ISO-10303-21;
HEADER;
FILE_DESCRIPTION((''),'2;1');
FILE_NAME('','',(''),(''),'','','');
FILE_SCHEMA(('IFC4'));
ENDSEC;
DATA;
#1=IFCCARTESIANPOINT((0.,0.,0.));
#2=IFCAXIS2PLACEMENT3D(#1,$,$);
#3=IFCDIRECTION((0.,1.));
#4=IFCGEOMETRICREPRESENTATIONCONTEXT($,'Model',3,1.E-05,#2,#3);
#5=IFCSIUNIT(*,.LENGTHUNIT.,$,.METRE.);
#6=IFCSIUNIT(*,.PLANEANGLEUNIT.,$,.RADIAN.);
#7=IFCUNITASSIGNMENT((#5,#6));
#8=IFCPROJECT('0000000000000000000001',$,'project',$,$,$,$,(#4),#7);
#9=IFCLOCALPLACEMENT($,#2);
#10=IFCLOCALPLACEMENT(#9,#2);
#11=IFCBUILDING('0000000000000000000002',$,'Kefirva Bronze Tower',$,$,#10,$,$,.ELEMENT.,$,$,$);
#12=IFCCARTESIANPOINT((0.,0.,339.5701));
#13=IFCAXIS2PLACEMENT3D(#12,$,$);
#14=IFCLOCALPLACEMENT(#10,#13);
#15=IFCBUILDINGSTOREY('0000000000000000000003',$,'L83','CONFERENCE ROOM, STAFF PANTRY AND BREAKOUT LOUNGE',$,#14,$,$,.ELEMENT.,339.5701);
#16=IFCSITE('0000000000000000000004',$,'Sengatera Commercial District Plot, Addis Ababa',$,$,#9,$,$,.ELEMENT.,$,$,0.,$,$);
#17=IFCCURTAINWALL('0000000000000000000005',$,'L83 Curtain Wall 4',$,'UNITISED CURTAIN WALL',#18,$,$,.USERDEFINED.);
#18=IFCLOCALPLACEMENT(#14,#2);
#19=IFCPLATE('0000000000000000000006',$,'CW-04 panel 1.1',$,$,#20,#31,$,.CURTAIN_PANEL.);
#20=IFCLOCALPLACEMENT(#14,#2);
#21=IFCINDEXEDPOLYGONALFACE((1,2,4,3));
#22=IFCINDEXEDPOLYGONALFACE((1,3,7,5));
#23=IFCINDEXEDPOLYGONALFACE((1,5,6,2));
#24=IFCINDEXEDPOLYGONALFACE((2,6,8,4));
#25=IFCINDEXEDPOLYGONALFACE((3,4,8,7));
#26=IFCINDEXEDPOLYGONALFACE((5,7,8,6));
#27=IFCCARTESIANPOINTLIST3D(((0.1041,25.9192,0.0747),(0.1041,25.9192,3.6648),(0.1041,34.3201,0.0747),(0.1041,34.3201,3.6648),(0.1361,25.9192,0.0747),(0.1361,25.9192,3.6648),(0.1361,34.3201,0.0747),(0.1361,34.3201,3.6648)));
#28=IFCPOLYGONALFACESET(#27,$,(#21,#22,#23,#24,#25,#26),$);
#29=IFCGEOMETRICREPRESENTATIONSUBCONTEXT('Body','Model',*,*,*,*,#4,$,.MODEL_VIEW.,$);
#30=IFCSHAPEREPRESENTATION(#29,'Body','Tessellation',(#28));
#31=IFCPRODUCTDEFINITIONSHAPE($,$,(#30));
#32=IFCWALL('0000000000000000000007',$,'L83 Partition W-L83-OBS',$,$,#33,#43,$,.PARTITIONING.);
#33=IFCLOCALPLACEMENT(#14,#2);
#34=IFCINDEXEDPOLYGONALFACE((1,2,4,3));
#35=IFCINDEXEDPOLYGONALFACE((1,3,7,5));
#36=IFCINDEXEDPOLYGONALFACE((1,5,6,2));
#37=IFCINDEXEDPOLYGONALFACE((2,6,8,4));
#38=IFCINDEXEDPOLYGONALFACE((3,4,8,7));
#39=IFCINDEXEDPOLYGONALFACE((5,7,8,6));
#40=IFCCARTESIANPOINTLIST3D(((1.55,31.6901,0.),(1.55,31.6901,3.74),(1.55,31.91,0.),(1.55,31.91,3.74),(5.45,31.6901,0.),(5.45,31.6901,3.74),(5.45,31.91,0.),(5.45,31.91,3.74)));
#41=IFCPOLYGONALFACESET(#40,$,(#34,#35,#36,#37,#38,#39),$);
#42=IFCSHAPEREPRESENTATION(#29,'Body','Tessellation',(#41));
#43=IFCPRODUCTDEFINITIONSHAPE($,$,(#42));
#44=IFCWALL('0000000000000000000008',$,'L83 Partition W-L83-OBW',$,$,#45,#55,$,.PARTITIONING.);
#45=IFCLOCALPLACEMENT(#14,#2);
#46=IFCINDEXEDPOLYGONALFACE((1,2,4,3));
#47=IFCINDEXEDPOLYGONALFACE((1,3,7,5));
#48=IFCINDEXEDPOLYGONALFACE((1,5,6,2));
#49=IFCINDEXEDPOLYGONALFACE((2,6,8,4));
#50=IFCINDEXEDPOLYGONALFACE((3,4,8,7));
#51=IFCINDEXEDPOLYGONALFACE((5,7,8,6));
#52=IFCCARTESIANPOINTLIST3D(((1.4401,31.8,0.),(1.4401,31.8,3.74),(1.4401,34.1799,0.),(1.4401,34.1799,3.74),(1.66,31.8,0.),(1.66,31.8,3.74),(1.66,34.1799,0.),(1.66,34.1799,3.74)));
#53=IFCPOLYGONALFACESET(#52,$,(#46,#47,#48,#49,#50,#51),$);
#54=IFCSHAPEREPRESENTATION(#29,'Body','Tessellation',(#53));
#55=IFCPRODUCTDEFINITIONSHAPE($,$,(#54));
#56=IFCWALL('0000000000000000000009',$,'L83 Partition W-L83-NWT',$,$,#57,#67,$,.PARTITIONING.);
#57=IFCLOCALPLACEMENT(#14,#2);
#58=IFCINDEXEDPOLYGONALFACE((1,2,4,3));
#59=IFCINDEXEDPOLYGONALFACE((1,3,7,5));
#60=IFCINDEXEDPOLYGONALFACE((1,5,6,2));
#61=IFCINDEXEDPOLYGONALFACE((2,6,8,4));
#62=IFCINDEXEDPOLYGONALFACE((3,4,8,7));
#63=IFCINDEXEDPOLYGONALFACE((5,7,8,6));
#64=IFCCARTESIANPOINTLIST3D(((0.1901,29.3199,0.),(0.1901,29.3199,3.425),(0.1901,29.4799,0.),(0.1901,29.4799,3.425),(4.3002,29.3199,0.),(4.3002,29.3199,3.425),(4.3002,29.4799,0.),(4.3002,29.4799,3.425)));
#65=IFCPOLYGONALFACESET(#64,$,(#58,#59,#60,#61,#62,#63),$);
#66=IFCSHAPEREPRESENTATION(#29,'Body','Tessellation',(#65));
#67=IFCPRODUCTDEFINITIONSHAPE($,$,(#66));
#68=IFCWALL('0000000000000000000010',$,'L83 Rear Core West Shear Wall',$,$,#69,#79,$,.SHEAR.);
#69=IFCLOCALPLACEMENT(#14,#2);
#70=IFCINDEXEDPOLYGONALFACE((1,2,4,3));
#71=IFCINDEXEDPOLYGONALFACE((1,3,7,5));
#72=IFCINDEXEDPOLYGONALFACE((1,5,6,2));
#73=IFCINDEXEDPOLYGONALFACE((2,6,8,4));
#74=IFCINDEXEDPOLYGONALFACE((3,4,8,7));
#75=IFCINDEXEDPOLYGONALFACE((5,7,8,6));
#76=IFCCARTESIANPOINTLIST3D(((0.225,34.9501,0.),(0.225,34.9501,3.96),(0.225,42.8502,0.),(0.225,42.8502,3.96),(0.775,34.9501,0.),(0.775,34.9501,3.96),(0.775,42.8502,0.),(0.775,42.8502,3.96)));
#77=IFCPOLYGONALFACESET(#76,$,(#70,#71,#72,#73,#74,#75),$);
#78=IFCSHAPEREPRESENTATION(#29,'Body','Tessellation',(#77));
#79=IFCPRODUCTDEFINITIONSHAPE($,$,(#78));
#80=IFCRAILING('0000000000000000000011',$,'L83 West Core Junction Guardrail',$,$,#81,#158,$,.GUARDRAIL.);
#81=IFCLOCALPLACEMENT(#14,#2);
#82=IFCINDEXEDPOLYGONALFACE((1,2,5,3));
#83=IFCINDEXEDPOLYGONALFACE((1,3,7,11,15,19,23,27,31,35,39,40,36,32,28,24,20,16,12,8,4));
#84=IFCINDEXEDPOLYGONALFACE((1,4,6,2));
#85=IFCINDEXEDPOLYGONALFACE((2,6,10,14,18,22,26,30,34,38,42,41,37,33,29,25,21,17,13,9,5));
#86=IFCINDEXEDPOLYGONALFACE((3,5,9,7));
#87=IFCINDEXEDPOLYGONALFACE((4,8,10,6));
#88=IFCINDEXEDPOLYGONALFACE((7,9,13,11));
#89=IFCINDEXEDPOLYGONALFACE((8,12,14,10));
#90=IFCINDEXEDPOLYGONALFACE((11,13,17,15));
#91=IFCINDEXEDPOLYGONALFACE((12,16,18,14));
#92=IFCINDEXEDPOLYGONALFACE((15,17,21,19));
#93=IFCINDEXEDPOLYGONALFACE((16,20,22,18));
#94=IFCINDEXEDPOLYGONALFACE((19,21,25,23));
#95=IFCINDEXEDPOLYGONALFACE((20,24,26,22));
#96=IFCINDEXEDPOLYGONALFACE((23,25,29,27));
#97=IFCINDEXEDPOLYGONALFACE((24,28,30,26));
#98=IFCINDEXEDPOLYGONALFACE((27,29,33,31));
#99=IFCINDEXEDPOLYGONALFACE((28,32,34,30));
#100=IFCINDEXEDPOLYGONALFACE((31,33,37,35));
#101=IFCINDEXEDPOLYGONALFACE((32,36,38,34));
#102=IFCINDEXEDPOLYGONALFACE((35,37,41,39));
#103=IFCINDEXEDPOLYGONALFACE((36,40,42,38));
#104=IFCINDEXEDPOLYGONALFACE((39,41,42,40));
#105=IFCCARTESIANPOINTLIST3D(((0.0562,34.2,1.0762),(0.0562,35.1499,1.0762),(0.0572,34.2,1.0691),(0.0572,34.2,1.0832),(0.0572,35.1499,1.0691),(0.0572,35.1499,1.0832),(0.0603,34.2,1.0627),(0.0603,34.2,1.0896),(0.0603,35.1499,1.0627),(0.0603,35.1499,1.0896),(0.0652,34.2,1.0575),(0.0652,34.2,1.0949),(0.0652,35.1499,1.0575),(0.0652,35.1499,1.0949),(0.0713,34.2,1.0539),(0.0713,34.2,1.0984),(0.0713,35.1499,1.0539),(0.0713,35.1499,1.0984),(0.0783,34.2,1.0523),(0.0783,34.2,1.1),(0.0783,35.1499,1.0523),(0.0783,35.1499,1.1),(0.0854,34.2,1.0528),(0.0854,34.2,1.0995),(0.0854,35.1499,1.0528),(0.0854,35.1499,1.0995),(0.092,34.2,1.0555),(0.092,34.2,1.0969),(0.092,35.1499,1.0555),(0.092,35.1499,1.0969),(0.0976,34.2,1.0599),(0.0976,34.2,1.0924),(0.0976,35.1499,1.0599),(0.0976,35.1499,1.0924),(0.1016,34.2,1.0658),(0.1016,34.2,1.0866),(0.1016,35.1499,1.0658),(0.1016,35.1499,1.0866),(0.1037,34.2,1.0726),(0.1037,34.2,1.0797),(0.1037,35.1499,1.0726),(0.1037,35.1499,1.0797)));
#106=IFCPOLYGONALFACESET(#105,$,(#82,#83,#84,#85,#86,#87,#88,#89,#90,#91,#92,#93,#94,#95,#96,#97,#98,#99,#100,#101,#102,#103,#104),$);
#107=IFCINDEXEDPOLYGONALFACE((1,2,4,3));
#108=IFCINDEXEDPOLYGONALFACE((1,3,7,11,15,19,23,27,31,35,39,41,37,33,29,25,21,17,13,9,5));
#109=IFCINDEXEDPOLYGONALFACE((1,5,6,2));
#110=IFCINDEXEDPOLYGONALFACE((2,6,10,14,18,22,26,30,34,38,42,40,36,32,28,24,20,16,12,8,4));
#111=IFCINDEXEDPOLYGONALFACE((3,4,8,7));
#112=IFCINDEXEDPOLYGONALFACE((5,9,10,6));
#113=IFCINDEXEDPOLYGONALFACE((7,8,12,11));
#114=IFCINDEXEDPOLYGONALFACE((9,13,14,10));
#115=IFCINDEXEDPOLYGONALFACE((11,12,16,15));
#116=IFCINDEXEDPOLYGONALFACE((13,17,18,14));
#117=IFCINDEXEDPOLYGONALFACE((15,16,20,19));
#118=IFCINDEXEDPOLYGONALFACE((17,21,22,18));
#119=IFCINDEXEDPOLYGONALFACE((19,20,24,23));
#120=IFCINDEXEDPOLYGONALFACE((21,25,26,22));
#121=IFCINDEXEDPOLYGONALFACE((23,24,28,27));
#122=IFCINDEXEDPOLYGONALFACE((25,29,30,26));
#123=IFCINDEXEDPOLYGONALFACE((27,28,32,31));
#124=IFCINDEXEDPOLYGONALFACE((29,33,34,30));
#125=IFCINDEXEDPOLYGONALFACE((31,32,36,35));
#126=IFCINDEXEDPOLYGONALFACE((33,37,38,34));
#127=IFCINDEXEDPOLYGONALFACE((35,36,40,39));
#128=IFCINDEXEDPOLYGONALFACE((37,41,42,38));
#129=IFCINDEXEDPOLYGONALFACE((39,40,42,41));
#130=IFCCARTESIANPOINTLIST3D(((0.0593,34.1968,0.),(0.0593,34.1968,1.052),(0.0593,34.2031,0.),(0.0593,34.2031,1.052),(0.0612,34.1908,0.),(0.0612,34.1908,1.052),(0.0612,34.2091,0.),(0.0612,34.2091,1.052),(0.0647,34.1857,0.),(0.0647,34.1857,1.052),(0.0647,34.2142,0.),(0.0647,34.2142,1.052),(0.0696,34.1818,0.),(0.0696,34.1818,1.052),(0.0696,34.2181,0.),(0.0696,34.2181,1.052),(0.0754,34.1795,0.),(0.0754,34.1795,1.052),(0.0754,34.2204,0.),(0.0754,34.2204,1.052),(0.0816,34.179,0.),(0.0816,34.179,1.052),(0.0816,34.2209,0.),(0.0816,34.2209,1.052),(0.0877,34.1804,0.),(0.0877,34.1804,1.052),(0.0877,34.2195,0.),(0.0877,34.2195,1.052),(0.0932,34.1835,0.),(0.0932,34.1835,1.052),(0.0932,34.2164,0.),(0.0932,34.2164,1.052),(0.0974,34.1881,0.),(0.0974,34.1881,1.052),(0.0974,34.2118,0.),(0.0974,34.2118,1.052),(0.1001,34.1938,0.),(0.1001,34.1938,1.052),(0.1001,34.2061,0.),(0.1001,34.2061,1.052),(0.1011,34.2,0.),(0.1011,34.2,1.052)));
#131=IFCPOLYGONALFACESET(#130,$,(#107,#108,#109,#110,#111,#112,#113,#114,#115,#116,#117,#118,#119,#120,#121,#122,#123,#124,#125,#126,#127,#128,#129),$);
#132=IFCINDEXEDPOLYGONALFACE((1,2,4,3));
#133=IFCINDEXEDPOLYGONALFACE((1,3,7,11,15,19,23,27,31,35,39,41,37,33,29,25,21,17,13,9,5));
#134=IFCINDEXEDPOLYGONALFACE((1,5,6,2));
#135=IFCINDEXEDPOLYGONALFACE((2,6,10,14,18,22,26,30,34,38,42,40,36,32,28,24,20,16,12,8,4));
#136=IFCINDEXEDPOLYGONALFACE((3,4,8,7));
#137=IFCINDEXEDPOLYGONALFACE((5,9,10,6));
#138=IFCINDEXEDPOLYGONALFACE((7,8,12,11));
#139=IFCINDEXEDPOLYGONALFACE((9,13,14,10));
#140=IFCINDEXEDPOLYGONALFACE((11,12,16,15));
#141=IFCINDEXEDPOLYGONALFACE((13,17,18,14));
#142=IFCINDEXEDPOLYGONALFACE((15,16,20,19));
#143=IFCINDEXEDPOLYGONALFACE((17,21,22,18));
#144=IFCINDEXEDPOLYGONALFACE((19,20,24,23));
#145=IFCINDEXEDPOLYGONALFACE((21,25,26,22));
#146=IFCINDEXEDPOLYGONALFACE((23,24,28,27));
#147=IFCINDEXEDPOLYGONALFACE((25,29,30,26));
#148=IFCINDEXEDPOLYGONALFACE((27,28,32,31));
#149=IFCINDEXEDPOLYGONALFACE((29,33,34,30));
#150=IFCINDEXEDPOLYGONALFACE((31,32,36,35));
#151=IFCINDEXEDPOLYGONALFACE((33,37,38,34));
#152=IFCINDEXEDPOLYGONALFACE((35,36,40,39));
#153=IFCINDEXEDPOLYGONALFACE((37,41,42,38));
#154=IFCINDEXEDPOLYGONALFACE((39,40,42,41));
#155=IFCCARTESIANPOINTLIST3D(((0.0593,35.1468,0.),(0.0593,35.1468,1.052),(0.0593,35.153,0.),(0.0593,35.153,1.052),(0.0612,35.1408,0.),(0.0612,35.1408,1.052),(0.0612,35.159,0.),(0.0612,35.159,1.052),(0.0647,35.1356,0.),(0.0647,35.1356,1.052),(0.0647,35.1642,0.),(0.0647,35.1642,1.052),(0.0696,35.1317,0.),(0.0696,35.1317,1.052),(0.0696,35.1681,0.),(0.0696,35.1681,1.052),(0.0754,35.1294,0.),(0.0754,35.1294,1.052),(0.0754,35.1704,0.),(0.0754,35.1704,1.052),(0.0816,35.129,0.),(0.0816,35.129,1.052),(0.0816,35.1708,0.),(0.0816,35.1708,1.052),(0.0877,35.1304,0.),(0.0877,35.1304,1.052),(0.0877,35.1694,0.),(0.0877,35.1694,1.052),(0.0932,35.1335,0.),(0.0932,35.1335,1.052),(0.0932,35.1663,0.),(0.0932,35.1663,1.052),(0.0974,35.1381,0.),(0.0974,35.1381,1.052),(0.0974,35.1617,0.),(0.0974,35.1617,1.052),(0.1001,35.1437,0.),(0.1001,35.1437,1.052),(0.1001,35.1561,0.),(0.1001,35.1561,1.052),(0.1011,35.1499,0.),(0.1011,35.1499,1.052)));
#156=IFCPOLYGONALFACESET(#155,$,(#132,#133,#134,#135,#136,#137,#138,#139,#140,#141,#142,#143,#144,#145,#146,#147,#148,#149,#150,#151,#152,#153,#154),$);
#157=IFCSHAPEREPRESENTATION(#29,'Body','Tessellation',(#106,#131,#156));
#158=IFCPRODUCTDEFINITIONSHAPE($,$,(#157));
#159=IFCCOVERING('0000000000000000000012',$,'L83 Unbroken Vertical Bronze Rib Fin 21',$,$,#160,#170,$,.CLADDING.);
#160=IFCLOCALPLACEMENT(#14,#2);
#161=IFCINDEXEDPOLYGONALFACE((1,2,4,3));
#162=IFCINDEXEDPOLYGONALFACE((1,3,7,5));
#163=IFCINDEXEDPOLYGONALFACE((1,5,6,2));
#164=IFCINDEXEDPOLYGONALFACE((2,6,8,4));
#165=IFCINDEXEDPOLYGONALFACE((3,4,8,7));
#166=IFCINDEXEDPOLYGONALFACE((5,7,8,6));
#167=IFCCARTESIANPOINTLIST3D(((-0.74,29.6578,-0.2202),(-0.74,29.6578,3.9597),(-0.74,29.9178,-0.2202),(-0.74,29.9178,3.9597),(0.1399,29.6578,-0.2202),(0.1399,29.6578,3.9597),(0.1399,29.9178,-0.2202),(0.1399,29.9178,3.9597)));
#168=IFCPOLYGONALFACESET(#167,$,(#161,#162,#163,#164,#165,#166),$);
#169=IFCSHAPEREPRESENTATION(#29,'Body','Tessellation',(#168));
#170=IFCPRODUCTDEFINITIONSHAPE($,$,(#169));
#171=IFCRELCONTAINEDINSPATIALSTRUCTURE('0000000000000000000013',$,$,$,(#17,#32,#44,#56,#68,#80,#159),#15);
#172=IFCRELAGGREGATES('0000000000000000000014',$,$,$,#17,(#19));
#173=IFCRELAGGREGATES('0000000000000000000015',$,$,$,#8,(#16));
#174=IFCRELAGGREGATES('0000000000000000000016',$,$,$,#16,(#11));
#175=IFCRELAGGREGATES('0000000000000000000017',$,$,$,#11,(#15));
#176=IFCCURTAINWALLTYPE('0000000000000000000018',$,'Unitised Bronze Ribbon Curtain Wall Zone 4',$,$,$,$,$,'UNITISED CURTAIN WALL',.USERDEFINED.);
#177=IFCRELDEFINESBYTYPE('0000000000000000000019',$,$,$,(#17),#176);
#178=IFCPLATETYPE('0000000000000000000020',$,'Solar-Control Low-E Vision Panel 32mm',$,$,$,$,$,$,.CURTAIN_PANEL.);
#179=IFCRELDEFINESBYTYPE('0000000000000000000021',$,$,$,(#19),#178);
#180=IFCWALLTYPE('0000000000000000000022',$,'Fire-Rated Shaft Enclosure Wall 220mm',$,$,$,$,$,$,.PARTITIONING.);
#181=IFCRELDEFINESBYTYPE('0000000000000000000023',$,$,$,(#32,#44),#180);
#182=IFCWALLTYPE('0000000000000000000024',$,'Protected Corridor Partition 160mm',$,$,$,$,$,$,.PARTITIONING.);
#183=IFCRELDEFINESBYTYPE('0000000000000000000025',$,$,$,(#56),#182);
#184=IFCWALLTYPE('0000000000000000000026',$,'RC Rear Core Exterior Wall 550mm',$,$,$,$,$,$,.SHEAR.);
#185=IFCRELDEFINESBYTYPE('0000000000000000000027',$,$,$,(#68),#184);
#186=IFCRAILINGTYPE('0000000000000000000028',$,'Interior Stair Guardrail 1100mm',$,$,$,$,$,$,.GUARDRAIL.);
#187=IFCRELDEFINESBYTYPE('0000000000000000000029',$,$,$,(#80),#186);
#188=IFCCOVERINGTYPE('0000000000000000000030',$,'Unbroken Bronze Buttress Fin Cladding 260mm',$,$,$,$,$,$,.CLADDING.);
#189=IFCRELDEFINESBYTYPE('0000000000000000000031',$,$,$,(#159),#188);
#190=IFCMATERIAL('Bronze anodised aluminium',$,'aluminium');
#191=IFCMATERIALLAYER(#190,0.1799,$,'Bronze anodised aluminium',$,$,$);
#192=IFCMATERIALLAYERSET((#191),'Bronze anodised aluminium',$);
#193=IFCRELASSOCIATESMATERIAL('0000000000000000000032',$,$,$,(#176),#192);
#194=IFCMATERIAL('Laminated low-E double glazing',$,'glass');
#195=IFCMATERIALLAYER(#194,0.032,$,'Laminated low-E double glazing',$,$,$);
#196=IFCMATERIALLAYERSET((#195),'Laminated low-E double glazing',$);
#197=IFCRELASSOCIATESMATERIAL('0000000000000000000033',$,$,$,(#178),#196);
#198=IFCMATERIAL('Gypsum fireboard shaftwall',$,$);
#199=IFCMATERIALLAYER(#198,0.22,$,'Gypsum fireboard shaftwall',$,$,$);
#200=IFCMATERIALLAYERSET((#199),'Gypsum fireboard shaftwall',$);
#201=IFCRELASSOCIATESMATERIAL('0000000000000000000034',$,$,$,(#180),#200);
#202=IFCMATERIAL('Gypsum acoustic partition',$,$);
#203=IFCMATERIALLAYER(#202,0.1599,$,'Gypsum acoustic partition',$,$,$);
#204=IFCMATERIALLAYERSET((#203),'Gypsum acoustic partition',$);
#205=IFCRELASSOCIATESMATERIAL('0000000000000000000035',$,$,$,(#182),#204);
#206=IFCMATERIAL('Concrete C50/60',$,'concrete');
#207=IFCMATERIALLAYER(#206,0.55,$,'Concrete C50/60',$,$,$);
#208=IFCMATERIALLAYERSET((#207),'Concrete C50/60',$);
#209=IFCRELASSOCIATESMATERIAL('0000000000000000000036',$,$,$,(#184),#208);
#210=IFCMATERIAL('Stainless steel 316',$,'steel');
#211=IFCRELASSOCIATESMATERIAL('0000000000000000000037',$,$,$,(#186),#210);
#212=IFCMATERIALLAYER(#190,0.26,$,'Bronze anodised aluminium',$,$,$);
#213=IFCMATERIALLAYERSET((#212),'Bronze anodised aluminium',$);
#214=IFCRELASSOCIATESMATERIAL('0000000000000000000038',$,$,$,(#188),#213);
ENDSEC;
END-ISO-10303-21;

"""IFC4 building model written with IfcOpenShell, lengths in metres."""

from ifc_helpers import new_model, si_unit, direction, frame, frame_2d, origin, origin_2d, place, context, subcontext, project, spatial, rectangle, circle, extrude, material, layer, layer_set, type_object, element, aggregate, save


model = new_model("IFC4")

# Units and contexts
model_context = context("Model", 3, precision=1e-05, world=origin(), true_north=direction((0.0, 1.0)))
body_context = subcontext(model_context, "Body", "Model", "MODEL_VIEW")
ifc_project = project(units=[si_unit("LENGTHUNIT", "METRE"), si_unit("PLANEANGLEUNIT", "RADIAN")], contexts=[model_context])

# Site, building, storey
site_placement = place(None, origin())
site = spatial("IfcSite", under=ifc_project, at=site_placement, Name="Sengatera Commercial District Plot, Addis Ababa", CompositionType="ELEMENT", RefElevation=0.0)
building_placement = place(site_placement, origin())
building = spatial("IfcBuilding", under=site, at=building_placement, Name="Kefirva Bronze Tower", CompositionType="ELEMENT")
storey_placement = place(building_placement, frame((0.0, 0.0, 339.5701)))
storey = spatial("IfcBuildingStorey", under=building, at=storey_placement, Name="L83", Description="CONFERENCE ROOM, STAFF PANTRY AND BREAKOUT LOUNGE", CompositionType="ELEMENT", Elevation=339.5701)

# Shared definitions
ifc_material_1 = material(Name="Concrete C50/60", Category="concrete")

# Curtain wall
ifc_material_2 = material(Name="Bronze anodised aluminium", Category="aluminium")
ifc_layer_1 = layer(ifc_material_2, 0.1799, Name="Bronze anodised aluminium")
ifc_layer_set_1 = layer_set([ifc_layer_1], Name="Bronze anodised aluminium")
curtain_wall_type = type_object("IfcCurtainWallType", Name="Unitised Bronze Ribbon Curtain Wall Zone 4", ElementType="UNITISED CURTAIN WALL", PredefinedType="USERDEFINED", material=ifc_layer_set_1)
curtain_wall_placement = place(storey_placement, origin())
curtain_wall = element("IfcCurtainWall", 1, at=curtain_wall_placement, inside=storey, type_object=curtain_wall_type, Name="L83 Curtain Wall 4", ObjectType="UNITISED CURTAIN WALL", PredefinedType="USERDEFINED")

# Plate
ifc_material_3 = material(Name="Laminated low-E double glazing", Category="glass")
ifc_layer_2 = layer(ifc_material_3, 0.032, Name="Laminated low-E double glazing")
ifc_layer_set_2 = layer_set([ifc_layer_2], Name="Laminated low-E double glazing")
plate_type = type_object("IfcPlateType", Name="Solar-Control Low-E Vision Panel 32mm", PredefinedType="CURTAIN_PANEL", material=ifc_layer_set_2)
plate_placement = place(storey_placement, frame((0.1201, 30.1196, 0.0747), z_axis=(0.0, 0.0, 1.0), x_axis=(0.0, -1.0, 0.0)))
plate = element("IfcPlate", 2, at=plate_placement, type_object=plate_type, Name="CW-04 panel 1.1", PredefinedType="CURTAIN_PANEL", context=body_context, shape_type="SweptSolid", body=[
    extrude(rectangle(XDim=8.4009, YDim=0.032, at=origin_2d()), origin(), (0.0, 0.0, 1.0), 3.5901),
])
aggregate(curtain_wall, [plate])

# Walls
ifc_material_4 = material(Name="Gypsum fireboard shaftwall")
ifc_layer_3 = layer(ifc_material_4, 0.22, Name="Gypsum fireboard shaftwall")
ifc_layer_set_3 = layer_set([ifc_layer_3], Name="Gypsum fireboard shaftwall")
wall_type_1 = type_object("IfcWallType", Name="Fire-Rated Shaft Enclosure Wall 220mm", PredefinedType="PARTITIONING", material=ifc_layer_set_3)
wall_1_placement = place(storey_placement, frame((1.55, 31.8, 0.0), z_axis=(0.0, 0.0, 1.0), x_axis=(1.0, 0.0, 0.0)))
element("IfcWall", 3, at=wall_1_placement, inside=storey, type_object=wall_type_1, Name="L83 Partition W-L83-OBS", PredefinedType="PARTITIONING", context=body_context, shape_type="SweptSolid", body=[
    extrude(rectangle(XDim=3.8999, YDim=0.22, at=frame_2d((1.95, 0.0))), origin(), (0.0, 0.0, 1.0), 3.74),
])
wall_2_placement = place(storey_placement, frame((1.55, 31.8, 0.0), z_axis=(0.0, 0.0, 1.0), x_axis=(0.0, 1.0, 0.0)))
element("IfcWall", 4, at=wall_2_placement, inside=storey, type_object=wall_type_1, Name="L83 Partition W-L83-OBW", PredefinedType="PARTITIONING", context=body_context, shape_type="SweptSolid", body=[
    extrude(rectangle(XDim=2.3799, YDim=0.22, at=frame_2d((1.1899, 0.0))), origin(), (0.0, 0.0, 1.0), 3.74),
])
ifc_material_5 = material(Name="Gypsum acoustic partition")
ifc_layer_4 = layer(ifc_material_5, 0.1599, Name="Gypsum acoustic partition")
ifc_layer_set_4 = layer_set([ifc_layer_4], Name="Gypsum acoustic partition")
wall_type_2 = type_object("IfcWallType", Name="Protected Corridor Partition 160mm", PredefinedType="PARTITIONING", material=ifc_layer_set_4)
wall_3_placement = place(storey_placement, frame((0.1899, 29.3999, 0.0), z_axis=(0.0, 0.0, 1.0), x_axis=(1.0, 0.0, 0.0)))
element("IfcWall", 5, at=wall_3_placement, inside=storey, type_object=wall_type_2, Name="L83 Partition W-L83-NWT", PredefinedType="PARTITIONING", context=body_context, shape_type="SweptSolid", body=[
    extrude(rectangle(XDim=4.1101, YDim=0.1599, at=frame_2d((2.0552, 0.0))), origin(), (0.0, 0.0, 1.0), 3.425),
])
ifc_layer_5 = layer(ifc_material_1, 0.55, Name="Concrete C50/60")
ifc_layer_set_5 = layer_set([ifc_layer_5], Name="Concrete C50/60")
wall_type_3 = type_object("IfcWallType", Name="RC Rear Core Exterior Wall 550mm", PredefinedType="SHEAR", material=ifc_layer_set_5)
wall_4_placement = place(storey_placement, frame((0.5, 34.95, 0.0), z_axis=(0.0, 0.0, 1.0), x_axis=(0.0, 1.0, 0.0)))
element("IfcWall", 6, at=wall_4_placement, inside=storey, type_object=wall_type_3, Name="L83 Rear Core West Shear Wall", PredefinedType="SHEAR", context=body_context, shape_type="SweptSolid", body=[
    extrude(rectangle(XDim=7.9001, YDim=0.55, at=frame_2d((3.9502, 0.0))), origin(), (0.0, 0.0, 1.0), 3.96),
])

# Railing
ifc_material_6 = material(Name="Stainless steel 316", Category="steel")
railing_type = type_object("IfcRailingType", Name="Interior Stair Guardrail 1100mm", PredefinedType="GUARDRAIL", material=ifc_material_6)
railing_placement = place(storey_placement, frame((0.0801, 34.2, 0.0)))
element("IfcRailing", 7, at=railing_placement, inside=storey, type_object=railing_type, Name="L83 West Core Junction Guardrail", PredefinedType="GUARDRAIL", context=body_context, shape_type="SweptSolid", body=[
    extrude(circle(Radius=0.0239, at=origin_2d()), frame((0.0, 0.0, 1.0762), z_axis=(0.0, 1.0, 0.0), x_axis=(-1.0, 0.0, 0.0)), (0.0, 0.0, 1.0), 0.95),
    extrude(circle(Radius=0.021, at=origin_2d()), origin(), (0.0, 0.0, 1.0), 1.052),
    extrude(circle(Radius=0.021, at=origin_2d()), frame((0.0, 0.95, 0.0)), (0.0, 0.0, 1.0), 1.052),
])

# Covering
ifc_layer_6 = layer(ifc_material_2, 0.26, Name="Bronze anodised aluminium")
ifc_layer_set_6 = layer_set([ifc_layer_6], Name="Bronze anodised aluminium")
covering_type = type_object("IfcCoveringType", Name="Unbroken Bronze Buttress Fin Cladding 260mm", PredefinedType="CLADDING", material=ifc_layer_set_6)
covering_placement = place(storey_placement, frame((-0.3, 29.7878, -0.2202), z_axis=(0.0, 0.0, 1.0), x_axis=(0.0, -1.0, 0.0)))
element("IfcCovering", 8, at=covering_placement, inside=storey, type_object=covering_type, Name="L83 Unbroken Vertical Bronze Rib Fin 21", PredefinedType="CLADDING", context=body_context, shape_type="SweptSolid", body=[
    extrude(rectangle(XDim=0.26, YDim=0.8799, at=origin_2d()), origin(), (0.0, 0.0, 1.0), 4.1799),
])

save(model, "model.ifc")
